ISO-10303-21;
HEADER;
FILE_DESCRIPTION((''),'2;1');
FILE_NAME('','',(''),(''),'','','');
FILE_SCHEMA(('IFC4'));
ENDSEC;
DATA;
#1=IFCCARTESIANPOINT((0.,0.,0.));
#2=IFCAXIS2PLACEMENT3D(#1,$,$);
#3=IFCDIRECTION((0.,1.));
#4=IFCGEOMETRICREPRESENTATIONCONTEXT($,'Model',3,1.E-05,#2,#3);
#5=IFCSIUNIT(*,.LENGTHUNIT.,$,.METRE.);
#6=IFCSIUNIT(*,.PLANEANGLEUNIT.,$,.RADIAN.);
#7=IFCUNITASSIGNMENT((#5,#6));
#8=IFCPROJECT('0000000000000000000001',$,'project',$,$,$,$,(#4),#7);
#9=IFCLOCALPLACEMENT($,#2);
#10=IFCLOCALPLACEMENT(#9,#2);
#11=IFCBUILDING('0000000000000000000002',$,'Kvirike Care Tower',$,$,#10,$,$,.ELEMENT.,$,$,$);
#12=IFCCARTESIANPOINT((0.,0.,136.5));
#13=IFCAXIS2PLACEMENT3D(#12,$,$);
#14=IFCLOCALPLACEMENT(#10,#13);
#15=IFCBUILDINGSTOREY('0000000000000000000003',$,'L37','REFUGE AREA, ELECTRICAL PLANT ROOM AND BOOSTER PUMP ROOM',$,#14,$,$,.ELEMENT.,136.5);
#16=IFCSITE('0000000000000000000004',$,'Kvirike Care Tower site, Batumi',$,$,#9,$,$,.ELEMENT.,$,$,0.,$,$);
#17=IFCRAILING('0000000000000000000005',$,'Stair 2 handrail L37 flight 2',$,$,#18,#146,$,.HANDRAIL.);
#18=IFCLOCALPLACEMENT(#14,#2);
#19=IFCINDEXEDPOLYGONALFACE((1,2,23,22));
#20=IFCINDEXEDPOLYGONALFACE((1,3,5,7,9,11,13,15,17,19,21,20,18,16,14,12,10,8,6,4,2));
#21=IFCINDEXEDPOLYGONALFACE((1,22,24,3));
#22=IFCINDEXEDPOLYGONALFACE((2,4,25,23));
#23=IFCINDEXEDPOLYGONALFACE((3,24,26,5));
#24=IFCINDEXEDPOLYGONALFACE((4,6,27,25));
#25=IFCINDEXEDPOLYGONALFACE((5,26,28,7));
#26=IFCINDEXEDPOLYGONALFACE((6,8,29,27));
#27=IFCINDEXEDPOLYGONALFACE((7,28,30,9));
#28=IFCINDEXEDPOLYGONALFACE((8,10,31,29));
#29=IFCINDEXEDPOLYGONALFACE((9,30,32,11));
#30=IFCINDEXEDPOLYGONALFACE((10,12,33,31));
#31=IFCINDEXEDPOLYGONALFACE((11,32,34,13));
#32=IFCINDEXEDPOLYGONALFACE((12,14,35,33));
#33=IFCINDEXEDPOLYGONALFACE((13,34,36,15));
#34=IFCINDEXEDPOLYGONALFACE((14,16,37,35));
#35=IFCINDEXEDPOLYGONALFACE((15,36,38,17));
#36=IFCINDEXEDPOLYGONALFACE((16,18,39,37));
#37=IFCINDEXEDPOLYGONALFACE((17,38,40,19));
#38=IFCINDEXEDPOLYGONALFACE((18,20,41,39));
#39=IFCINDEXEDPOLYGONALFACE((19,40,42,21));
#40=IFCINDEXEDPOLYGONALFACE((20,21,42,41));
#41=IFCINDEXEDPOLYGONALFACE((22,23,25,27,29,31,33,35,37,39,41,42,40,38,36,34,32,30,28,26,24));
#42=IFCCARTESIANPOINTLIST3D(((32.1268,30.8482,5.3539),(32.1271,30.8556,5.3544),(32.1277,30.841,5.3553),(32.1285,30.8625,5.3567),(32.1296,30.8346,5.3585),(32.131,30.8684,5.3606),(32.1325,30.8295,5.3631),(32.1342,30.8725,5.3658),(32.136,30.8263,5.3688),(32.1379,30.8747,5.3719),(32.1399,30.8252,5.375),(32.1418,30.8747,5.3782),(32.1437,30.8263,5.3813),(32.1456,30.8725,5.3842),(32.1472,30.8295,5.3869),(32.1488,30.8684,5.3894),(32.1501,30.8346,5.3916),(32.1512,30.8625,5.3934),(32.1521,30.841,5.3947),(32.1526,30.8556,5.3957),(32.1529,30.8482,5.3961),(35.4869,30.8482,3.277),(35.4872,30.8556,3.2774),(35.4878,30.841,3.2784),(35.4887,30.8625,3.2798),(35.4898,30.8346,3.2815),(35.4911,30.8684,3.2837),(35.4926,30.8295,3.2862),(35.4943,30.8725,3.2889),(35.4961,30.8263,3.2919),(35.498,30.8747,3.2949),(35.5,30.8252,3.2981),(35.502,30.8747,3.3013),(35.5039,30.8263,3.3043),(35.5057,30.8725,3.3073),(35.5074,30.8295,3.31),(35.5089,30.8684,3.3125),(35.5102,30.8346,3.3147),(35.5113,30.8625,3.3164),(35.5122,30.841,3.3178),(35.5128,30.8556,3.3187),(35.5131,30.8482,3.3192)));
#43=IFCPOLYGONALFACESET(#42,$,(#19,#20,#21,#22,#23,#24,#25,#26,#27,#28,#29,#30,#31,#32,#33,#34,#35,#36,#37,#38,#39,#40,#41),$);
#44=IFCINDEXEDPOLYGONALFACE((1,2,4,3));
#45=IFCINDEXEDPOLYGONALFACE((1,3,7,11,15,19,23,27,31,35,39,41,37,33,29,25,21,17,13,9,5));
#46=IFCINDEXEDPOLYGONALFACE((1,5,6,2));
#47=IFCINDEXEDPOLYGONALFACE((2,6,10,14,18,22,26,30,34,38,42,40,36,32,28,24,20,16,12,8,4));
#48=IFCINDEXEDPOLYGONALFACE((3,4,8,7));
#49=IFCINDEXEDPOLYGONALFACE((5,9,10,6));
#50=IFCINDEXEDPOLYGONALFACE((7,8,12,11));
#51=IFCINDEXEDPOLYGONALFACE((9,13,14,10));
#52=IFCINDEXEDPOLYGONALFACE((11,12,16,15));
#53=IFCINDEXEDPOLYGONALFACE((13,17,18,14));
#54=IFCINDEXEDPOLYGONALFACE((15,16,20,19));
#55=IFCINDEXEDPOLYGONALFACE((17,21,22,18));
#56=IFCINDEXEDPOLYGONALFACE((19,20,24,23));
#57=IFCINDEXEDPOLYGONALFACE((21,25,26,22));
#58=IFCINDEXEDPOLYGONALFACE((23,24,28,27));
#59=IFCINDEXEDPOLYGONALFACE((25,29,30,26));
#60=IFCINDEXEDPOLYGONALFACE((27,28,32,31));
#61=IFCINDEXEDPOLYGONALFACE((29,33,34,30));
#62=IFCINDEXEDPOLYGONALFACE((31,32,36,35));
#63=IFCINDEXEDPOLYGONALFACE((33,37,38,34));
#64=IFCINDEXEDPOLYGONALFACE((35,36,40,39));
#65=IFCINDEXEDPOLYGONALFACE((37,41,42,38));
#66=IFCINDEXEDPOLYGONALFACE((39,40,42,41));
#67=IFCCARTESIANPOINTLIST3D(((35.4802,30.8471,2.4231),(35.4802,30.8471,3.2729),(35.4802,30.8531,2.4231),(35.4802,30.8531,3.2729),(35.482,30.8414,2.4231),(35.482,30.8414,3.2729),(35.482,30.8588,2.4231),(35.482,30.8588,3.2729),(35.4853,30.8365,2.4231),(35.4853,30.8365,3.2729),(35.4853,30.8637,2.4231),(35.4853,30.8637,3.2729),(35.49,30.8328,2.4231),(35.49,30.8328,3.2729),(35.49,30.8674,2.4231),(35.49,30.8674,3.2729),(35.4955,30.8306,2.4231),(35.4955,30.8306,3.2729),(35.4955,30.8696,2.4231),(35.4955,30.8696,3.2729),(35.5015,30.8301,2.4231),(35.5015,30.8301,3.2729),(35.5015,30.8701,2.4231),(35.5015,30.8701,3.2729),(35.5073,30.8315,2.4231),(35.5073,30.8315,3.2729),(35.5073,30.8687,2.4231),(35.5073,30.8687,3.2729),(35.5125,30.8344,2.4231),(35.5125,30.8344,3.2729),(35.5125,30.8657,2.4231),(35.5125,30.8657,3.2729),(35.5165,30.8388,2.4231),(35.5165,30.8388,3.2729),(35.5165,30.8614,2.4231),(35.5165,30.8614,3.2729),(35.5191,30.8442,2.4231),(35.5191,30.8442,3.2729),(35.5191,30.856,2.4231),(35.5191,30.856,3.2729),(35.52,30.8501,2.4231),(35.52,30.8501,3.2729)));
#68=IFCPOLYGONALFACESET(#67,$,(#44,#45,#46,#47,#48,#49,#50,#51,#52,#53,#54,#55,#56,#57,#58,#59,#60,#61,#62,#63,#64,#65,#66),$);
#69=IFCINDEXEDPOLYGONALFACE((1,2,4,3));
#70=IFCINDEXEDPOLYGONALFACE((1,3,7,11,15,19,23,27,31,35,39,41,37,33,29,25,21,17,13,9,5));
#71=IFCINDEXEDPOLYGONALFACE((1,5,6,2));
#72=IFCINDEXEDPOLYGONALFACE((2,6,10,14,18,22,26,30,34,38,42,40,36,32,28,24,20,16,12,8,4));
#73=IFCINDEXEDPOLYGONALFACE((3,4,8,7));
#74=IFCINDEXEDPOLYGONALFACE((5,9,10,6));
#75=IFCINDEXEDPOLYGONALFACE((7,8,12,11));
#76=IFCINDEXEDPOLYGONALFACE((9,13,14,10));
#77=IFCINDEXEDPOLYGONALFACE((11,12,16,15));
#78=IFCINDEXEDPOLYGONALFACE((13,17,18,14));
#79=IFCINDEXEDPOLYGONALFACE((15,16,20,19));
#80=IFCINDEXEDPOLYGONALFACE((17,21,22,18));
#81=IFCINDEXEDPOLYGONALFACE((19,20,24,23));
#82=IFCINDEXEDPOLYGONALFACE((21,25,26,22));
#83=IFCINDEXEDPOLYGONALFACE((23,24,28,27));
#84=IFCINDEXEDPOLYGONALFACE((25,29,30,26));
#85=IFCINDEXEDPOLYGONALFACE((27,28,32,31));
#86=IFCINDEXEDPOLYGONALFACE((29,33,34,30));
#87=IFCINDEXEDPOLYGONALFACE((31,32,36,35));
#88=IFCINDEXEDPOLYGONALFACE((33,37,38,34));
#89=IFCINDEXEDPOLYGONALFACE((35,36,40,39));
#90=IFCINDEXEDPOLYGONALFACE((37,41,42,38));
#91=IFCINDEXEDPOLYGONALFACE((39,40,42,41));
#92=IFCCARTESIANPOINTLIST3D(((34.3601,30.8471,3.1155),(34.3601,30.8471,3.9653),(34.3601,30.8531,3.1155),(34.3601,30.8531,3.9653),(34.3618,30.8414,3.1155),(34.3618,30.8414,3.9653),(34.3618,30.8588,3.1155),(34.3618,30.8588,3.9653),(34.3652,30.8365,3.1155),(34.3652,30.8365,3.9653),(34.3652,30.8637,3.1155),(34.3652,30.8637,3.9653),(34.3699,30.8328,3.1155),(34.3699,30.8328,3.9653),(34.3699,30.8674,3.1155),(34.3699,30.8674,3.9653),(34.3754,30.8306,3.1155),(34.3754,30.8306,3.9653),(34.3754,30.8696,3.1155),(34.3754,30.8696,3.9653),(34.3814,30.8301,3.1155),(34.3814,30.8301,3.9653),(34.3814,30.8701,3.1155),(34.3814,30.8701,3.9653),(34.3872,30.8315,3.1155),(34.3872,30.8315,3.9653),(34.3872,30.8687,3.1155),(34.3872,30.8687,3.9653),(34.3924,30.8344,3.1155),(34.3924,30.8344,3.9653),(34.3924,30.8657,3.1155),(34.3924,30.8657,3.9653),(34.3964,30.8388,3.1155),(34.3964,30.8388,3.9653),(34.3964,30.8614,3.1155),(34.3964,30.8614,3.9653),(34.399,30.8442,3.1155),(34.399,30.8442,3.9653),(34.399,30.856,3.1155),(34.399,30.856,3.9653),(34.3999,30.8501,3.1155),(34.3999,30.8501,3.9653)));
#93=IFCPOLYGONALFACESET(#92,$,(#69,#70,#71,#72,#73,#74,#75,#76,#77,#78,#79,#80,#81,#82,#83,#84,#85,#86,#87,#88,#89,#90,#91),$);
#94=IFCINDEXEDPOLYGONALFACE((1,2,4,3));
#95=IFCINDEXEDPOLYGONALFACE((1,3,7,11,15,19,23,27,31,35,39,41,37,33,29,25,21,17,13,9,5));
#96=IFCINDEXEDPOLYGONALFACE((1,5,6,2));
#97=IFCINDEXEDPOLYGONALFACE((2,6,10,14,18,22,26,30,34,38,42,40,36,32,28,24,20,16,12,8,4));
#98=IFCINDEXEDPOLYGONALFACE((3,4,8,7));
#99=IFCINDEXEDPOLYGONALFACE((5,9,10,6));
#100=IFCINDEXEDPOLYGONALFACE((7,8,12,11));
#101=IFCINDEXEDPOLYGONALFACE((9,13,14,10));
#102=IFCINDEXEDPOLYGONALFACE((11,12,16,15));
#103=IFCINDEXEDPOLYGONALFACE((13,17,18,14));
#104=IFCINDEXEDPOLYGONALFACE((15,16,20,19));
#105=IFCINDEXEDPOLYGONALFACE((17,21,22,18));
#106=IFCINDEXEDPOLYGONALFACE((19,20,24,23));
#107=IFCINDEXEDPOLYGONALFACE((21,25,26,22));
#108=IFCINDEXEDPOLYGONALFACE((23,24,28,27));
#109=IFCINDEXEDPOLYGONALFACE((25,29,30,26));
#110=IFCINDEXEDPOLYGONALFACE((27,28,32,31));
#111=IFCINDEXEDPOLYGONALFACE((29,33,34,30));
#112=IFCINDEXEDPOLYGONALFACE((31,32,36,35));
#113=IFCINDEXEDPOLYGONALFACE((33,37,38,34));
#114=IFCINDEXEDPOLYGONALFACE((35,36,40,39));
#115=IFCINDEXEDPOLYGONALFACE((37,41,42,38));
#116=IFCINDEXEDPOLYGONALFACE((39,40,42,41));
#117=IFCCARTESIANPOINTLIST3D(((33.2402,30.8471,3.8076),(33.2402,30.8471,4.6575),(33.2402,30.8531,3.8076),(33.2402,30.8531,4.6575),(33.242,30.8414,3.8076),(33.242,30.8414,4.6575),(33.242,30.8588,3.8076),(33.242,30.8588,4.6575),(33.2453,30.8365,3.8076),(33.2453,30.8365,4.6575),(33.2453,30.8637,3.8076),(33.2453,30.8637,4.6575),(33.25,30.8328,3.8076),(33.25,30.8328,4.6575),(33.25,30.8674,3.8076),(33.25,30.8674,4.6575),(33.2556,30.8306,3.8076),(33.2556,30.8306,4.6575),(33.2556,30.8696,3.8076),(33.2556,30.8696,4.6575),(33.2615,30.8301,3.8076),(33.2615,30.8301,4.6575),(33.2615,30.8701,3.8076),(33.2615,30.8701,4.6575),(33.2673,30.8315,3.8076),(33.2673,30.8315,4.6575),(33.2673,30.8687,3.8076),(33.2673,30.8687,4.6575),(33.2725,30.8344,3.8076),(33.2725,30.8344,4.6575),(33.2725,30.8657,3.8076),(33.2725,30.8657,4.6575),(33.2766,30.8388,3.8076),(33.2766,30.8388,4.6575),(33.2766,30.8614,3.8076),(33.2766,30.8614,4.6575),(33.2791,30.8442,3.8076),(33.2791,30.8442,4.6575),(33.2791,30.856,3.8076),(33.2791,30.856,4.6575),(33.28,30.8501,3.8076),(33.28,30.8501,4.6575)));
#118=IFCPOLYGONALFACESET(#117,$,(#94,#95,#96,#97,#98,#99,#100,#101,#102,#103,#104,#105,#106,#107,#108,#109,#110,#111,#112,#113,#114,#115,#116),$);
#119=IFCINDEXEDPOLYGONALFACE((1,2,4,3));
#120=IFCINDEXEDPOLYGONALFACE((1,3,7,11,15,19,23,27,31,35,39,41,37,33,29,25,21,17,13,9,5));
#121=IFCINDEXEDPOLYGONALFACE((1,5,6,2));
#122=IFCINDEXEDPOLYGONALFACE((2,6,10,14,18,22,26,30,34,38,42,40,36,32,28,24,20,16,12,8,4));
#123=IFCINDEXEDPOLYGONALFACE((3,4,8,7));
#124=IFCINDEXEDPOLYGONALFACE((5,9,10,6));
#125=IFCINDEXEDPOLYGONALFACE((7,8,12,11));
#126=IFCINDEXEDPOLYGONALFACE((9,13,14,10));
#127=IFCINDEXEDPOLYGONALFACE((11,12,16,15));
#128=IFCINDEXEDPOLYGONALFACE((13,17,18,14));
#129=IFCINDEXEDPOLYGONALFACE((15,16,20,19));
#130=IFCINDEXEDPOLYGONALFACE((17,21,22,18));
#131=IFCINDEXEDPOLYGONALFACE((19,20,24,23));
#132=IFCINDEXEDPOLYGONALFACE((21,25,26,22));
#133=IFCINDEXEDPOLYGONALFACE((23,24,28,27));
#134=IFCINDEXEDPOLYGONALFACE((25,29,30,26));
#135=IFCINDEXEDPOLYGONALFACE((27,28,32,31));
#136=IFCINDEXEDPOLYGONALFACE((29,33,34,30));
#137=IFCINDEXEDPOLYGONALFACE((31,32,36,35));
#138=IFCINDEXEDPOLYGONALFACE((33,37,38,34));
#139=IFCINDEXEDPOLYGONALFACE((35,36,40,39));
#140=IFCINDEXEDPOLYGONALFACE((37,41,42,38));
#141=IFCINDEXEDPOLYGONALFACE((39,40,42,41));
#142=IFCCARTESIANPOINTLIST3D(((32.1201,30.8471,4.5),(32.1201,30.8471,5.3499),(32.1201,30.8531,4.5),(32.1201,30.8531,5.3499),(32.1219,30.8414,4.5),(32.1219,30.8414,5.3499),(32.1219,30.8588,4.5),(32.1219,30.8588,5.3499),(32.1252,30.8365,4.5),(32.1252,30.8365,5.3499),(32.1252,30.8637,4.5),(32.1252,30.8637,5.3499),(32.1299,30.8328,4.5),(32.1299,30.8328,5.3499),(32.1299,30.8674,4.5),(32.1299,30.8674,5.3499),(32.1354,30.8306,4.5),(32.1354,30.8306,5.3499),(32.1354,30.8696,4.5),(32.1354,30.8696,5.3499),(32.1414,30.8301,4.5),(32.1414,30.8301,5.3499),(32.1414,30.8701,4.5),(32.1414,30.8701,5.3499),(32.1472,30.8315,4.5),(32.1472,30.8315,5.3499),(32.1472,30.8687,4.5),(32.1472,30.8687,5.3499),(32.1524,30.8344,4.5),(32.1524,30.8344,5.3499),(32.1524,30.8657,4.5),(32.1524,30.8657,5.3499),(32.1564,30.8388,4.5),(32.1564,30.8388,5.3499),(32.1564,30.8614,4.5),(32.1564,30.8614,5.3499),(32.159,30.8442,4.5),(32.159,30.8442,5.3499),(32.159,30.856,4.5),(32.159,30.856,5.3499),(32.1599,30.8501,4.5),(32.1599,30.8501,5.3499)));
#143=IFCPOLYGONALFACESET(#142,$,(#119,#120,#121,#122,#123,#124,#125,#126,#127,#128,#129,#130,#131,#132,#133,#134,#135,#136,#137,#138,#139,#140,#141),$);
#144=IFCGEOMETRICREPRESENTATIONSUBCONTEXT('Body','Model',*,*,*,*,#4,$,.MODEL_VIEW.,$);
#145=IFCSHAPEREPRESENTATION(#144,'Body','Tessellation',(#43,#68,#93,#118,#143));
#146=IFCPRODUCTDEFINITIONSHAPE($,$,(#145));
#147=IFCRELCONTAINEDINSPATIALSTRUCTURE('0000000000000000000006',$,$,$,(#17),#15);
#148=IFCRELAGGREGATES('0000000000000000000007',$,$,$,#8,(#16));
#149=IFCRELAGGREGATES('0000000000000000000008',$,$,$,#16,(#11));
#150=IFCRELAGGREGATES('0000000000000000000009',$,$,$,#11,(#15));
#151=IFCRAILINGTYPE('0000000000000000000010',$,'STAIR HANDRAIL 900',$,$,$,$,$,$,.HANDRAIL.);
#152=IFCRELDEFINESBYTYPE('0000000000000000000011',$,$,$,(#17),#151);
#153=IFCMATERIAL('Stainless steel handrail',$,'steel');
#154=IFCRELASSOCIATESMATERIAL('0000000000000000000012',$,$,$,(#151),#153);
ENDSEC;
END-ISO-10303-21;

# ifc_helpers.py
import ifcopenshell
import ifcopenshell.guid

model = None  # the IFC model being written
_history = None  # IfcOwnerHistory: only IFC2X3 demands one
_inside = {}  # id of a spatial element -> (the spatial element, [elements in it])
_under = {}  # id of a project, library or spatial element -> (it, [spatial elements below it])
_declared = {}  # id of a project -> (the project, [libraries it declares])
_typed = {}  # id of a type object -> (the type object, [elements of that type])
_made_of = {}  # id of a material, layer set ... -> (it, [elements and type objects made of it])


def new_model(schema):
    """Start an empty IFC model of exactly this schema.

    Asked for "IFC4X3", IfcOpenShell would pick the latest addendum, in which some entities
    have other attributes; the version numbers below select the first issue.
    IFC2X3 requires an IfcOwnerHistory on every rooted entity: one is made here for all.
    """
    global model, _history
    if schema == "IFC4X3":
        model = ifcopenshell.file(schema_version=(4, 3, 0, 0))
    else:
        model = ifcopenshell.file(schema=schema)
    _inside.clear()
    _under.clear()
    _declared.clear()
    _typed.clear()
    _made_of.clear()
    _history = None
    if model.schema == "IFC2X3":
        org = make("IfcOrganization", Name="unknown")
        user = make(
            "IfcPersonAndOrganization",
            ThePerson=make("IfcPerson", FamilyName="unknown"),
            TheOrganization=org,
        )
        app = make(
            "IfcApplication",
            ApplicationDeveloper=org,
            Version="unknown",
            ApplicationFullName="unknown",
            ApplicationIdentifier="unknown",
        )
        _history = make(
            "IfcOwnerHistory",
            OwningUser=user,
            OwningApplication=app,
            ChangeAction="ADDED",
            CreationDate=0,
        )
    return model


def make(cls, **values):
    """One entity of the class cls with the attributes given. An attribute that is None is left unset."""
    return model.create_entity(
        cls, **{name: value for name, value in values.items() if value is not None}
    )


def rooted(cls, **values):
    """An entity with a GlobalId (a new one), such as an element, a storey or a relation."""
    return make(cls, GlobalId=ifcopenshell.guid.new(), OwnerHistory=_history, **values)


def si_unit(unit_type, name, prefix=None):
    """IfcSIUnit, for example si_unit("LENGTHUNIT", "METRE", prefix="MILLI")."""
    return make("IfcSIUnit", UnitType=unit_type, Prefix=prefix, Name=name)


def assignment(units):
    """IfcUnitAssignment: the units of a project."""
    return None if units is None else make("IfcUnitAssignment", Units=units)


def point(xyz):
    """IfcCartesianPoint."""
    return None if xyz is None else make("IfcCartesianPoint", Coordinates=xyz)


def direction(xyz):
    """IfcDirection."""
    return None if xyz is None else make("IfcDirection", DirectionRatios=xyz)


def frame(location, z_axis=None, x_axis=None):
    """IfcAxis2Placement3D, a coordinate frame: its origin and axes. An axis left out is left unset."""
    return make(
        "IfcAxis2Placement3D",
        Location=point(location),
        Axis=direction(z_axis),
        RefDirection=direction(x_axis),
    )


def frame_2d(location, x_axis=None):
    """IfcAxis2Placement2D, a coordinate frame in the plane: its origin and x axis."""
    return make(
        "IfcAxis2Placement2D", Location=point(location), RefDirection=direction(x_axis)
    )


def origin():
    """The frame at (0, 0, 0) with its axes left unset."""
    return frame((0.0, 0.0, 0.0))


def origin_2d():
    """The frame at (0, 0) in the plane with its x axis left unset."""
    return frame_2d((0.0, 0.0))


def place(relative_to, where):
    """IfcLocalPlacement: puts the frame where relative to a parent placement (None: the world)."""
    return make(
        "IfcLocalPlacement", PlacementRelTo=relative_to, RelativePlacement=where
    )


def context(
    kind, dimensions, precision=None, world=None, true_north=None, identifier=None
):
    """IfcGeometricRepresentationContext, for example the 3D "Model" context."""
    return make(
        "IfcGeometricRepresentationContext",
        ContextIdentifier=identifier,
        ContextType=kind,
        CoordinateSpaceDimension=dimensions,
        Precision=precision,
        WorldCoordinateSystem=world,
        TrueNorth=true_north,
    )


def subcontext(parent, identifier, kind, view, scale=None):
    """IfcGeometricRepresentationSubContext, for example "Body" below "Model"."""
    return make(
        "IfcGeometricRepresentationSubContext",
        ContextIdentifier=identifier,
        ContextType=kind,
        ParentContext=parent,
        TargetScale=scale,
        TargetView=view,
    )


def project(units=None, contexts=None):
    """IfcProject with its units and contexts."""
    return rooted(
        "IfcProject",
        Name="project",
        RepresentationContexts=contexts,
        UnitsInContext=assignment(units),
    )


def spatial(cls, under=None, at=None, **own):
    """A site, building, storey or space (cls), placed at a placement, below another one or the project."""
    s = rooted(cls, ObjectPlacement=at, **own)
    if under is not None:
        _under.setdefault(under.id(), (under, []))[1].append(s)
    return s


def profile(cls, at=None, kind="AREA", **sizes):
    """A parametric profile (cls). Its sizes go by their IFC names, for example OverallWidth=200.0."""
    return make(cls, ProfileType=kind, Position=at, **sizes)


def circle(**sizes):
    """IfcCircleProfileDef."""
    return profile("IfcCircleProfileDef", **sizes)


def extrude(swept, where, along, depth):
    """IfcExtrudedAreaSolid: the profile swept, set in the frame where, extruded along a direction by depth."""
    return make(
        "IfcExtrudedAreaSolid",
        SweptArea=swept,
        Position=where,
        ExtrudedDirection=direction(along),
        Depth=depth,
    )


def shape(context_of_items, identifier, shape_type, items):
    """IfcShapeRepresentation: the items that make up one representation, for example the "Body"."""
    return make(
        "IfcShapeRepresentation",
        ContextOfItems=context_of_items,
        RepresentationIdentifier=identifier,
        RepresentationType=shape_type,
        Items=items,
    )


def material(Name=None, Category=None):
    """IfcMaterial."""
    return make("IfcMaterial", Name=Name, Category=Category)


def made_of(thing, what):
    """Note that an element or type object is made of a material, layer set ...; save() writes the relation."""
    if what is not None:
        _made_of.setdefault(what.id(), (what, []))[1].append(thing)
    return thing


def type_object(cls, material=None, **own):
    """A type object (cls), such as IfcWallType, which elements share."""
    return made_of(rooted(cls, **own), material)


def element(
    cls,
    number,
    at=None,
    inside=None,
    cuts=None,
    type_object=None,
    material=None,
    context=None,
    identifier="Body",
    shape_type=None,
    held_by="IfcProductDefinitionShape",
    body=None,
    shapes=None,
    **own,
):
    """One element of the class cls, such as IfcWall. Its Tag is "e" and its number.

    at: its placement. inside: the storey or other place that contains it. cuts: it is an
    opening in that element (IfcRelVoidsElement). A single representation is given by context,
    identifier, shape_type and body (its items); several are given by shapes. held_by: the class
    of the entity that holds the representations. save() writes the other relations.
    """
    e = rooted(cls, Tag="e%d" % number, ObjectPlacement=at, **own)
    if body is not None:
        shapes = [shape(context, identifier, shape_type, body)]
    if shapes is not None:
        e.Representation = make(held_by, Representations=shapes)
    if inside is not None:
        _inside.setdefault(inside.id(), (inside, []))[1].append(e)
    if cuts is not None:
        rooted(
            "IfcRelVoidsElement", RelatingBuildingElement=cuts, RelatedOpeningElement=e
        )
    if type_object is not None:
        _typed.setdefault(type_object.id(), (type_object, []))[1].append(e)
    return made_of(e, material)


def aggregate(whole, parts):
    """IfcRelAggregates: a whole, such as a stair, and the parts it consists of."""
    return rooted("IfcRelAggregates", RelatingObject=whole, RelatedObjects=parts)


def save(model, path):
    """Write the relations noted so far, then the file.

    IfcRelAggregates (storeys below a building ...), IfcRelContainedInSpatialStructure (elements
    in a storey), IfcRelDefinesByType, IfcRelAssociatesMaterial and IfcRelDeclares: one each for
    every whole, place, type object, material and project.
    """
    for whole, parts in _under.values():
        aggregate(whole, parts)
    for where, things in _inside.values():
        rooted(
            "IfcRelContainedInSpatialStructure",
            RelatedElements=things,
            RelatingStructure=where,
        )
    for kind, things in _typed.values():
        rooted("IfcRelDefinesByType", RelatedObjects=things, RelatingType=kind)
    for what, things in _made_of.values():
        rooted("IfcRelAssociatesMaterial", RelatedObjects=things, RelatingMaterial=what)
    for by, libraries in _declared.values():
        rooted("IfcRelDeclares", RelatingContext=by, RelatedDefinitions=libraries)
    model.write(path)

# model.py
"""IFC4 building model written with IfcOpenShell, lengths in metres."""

from ifc_helpers import new_model, si_unit, direction, frame, origin, origin_2d, place, context, subcontext, project, spatial, circle, extrude, material, type_object, element, save


model = new_model("IFC4")

# Units and contexts
model_context = context("Model", 3, precision=1e-05, world=origin(), true_north=direction((0.0, 1.0)))
body_context = subcontext(model_context, "Body", "Model", "MODEL_VIEW")
ifc_project = project(units=[si_unit("LENGTHUNIT", "METRE"), si_unit("PLANEANGLEUNIT", "RADIAN")], contexts=[model_context])

# Site, building, storey
site_placement = place(None, origin())
site = spatial("IfcSite", under=ifc_project, at=site_placement, Name="Kvirike Care Tower site, Batumi", CompositionType="ELEMENT", RefElevation=0.0)
building_placement = place(site_placement, origin())
building = spatial("IfcBuilding", under=site, at=building_placement, Name="Kvirike Care Tower", CompositionType="ELEMENT")
storey_placement = place(building_placement, frame((0.0, 0.0, 136.5)))
storey = spatial("IfcBuildingStorey", under=building, at=storey_placement, Name="L37", Description="REFUGE AREA, ELECTRICAL PLANT ROOM AND BOOSTER PUMP ROOM", CompositionType="ELEMENT", Elevation=136.5)

# Railing
ifc_material_1 = material(Name="Stainless steel handrail", Category="steel")
railing_type = type_object("IfcRailingType", Name="STAIR HANDRAIL 900", PredefinedType="HANDRAIL", material=ifc_material_1)
railing_1_placement = place(storey_placement, frame((35.5, 30.8501, 2.4231)))
element("IfcRailing", 1, at=railing_1_placement, inside=storey, type_object=railing_type, Name="Stair 2 handrail L37 flight 2", PredefinedType="HANDRAIL", context=body_context, shape_type="SweptSolid", body=[
    extrude(circle(Radius=0.0249, at=origin_2d()), frame((0.0, 0.0, 0.875), z_axis=(-0.850623, 0.0, 0.525776), x_axis=(0.0, -1.0, 0.0)), (0.0, 0.0, 1.0), 3.9502),
    extrude(circle(Radius=0.02, at=origin_2d()), origin(), (0.0, 0.0, 1.0), 0.8499),
    extrude(circle(Radius=0.02, at=origin_2d()), frame((-1.1201, 0.0, 0.6924)), (0.0, 0.0, 1.0), 0.8499),
    extrude(circle(Radius=0.02, at=origin_2d()), frame((-2.24, 0.0, 1.3845)), (0.0, 0.0, 1.0), 0.8499),
    extrude(circle(Radius=0.02, at=origin_2d()), frame((-3.3601, 0.0, 2.0769)), (0.0, 0.0, 1.0), 0.8499),
])

save(model, "model.ifc")
